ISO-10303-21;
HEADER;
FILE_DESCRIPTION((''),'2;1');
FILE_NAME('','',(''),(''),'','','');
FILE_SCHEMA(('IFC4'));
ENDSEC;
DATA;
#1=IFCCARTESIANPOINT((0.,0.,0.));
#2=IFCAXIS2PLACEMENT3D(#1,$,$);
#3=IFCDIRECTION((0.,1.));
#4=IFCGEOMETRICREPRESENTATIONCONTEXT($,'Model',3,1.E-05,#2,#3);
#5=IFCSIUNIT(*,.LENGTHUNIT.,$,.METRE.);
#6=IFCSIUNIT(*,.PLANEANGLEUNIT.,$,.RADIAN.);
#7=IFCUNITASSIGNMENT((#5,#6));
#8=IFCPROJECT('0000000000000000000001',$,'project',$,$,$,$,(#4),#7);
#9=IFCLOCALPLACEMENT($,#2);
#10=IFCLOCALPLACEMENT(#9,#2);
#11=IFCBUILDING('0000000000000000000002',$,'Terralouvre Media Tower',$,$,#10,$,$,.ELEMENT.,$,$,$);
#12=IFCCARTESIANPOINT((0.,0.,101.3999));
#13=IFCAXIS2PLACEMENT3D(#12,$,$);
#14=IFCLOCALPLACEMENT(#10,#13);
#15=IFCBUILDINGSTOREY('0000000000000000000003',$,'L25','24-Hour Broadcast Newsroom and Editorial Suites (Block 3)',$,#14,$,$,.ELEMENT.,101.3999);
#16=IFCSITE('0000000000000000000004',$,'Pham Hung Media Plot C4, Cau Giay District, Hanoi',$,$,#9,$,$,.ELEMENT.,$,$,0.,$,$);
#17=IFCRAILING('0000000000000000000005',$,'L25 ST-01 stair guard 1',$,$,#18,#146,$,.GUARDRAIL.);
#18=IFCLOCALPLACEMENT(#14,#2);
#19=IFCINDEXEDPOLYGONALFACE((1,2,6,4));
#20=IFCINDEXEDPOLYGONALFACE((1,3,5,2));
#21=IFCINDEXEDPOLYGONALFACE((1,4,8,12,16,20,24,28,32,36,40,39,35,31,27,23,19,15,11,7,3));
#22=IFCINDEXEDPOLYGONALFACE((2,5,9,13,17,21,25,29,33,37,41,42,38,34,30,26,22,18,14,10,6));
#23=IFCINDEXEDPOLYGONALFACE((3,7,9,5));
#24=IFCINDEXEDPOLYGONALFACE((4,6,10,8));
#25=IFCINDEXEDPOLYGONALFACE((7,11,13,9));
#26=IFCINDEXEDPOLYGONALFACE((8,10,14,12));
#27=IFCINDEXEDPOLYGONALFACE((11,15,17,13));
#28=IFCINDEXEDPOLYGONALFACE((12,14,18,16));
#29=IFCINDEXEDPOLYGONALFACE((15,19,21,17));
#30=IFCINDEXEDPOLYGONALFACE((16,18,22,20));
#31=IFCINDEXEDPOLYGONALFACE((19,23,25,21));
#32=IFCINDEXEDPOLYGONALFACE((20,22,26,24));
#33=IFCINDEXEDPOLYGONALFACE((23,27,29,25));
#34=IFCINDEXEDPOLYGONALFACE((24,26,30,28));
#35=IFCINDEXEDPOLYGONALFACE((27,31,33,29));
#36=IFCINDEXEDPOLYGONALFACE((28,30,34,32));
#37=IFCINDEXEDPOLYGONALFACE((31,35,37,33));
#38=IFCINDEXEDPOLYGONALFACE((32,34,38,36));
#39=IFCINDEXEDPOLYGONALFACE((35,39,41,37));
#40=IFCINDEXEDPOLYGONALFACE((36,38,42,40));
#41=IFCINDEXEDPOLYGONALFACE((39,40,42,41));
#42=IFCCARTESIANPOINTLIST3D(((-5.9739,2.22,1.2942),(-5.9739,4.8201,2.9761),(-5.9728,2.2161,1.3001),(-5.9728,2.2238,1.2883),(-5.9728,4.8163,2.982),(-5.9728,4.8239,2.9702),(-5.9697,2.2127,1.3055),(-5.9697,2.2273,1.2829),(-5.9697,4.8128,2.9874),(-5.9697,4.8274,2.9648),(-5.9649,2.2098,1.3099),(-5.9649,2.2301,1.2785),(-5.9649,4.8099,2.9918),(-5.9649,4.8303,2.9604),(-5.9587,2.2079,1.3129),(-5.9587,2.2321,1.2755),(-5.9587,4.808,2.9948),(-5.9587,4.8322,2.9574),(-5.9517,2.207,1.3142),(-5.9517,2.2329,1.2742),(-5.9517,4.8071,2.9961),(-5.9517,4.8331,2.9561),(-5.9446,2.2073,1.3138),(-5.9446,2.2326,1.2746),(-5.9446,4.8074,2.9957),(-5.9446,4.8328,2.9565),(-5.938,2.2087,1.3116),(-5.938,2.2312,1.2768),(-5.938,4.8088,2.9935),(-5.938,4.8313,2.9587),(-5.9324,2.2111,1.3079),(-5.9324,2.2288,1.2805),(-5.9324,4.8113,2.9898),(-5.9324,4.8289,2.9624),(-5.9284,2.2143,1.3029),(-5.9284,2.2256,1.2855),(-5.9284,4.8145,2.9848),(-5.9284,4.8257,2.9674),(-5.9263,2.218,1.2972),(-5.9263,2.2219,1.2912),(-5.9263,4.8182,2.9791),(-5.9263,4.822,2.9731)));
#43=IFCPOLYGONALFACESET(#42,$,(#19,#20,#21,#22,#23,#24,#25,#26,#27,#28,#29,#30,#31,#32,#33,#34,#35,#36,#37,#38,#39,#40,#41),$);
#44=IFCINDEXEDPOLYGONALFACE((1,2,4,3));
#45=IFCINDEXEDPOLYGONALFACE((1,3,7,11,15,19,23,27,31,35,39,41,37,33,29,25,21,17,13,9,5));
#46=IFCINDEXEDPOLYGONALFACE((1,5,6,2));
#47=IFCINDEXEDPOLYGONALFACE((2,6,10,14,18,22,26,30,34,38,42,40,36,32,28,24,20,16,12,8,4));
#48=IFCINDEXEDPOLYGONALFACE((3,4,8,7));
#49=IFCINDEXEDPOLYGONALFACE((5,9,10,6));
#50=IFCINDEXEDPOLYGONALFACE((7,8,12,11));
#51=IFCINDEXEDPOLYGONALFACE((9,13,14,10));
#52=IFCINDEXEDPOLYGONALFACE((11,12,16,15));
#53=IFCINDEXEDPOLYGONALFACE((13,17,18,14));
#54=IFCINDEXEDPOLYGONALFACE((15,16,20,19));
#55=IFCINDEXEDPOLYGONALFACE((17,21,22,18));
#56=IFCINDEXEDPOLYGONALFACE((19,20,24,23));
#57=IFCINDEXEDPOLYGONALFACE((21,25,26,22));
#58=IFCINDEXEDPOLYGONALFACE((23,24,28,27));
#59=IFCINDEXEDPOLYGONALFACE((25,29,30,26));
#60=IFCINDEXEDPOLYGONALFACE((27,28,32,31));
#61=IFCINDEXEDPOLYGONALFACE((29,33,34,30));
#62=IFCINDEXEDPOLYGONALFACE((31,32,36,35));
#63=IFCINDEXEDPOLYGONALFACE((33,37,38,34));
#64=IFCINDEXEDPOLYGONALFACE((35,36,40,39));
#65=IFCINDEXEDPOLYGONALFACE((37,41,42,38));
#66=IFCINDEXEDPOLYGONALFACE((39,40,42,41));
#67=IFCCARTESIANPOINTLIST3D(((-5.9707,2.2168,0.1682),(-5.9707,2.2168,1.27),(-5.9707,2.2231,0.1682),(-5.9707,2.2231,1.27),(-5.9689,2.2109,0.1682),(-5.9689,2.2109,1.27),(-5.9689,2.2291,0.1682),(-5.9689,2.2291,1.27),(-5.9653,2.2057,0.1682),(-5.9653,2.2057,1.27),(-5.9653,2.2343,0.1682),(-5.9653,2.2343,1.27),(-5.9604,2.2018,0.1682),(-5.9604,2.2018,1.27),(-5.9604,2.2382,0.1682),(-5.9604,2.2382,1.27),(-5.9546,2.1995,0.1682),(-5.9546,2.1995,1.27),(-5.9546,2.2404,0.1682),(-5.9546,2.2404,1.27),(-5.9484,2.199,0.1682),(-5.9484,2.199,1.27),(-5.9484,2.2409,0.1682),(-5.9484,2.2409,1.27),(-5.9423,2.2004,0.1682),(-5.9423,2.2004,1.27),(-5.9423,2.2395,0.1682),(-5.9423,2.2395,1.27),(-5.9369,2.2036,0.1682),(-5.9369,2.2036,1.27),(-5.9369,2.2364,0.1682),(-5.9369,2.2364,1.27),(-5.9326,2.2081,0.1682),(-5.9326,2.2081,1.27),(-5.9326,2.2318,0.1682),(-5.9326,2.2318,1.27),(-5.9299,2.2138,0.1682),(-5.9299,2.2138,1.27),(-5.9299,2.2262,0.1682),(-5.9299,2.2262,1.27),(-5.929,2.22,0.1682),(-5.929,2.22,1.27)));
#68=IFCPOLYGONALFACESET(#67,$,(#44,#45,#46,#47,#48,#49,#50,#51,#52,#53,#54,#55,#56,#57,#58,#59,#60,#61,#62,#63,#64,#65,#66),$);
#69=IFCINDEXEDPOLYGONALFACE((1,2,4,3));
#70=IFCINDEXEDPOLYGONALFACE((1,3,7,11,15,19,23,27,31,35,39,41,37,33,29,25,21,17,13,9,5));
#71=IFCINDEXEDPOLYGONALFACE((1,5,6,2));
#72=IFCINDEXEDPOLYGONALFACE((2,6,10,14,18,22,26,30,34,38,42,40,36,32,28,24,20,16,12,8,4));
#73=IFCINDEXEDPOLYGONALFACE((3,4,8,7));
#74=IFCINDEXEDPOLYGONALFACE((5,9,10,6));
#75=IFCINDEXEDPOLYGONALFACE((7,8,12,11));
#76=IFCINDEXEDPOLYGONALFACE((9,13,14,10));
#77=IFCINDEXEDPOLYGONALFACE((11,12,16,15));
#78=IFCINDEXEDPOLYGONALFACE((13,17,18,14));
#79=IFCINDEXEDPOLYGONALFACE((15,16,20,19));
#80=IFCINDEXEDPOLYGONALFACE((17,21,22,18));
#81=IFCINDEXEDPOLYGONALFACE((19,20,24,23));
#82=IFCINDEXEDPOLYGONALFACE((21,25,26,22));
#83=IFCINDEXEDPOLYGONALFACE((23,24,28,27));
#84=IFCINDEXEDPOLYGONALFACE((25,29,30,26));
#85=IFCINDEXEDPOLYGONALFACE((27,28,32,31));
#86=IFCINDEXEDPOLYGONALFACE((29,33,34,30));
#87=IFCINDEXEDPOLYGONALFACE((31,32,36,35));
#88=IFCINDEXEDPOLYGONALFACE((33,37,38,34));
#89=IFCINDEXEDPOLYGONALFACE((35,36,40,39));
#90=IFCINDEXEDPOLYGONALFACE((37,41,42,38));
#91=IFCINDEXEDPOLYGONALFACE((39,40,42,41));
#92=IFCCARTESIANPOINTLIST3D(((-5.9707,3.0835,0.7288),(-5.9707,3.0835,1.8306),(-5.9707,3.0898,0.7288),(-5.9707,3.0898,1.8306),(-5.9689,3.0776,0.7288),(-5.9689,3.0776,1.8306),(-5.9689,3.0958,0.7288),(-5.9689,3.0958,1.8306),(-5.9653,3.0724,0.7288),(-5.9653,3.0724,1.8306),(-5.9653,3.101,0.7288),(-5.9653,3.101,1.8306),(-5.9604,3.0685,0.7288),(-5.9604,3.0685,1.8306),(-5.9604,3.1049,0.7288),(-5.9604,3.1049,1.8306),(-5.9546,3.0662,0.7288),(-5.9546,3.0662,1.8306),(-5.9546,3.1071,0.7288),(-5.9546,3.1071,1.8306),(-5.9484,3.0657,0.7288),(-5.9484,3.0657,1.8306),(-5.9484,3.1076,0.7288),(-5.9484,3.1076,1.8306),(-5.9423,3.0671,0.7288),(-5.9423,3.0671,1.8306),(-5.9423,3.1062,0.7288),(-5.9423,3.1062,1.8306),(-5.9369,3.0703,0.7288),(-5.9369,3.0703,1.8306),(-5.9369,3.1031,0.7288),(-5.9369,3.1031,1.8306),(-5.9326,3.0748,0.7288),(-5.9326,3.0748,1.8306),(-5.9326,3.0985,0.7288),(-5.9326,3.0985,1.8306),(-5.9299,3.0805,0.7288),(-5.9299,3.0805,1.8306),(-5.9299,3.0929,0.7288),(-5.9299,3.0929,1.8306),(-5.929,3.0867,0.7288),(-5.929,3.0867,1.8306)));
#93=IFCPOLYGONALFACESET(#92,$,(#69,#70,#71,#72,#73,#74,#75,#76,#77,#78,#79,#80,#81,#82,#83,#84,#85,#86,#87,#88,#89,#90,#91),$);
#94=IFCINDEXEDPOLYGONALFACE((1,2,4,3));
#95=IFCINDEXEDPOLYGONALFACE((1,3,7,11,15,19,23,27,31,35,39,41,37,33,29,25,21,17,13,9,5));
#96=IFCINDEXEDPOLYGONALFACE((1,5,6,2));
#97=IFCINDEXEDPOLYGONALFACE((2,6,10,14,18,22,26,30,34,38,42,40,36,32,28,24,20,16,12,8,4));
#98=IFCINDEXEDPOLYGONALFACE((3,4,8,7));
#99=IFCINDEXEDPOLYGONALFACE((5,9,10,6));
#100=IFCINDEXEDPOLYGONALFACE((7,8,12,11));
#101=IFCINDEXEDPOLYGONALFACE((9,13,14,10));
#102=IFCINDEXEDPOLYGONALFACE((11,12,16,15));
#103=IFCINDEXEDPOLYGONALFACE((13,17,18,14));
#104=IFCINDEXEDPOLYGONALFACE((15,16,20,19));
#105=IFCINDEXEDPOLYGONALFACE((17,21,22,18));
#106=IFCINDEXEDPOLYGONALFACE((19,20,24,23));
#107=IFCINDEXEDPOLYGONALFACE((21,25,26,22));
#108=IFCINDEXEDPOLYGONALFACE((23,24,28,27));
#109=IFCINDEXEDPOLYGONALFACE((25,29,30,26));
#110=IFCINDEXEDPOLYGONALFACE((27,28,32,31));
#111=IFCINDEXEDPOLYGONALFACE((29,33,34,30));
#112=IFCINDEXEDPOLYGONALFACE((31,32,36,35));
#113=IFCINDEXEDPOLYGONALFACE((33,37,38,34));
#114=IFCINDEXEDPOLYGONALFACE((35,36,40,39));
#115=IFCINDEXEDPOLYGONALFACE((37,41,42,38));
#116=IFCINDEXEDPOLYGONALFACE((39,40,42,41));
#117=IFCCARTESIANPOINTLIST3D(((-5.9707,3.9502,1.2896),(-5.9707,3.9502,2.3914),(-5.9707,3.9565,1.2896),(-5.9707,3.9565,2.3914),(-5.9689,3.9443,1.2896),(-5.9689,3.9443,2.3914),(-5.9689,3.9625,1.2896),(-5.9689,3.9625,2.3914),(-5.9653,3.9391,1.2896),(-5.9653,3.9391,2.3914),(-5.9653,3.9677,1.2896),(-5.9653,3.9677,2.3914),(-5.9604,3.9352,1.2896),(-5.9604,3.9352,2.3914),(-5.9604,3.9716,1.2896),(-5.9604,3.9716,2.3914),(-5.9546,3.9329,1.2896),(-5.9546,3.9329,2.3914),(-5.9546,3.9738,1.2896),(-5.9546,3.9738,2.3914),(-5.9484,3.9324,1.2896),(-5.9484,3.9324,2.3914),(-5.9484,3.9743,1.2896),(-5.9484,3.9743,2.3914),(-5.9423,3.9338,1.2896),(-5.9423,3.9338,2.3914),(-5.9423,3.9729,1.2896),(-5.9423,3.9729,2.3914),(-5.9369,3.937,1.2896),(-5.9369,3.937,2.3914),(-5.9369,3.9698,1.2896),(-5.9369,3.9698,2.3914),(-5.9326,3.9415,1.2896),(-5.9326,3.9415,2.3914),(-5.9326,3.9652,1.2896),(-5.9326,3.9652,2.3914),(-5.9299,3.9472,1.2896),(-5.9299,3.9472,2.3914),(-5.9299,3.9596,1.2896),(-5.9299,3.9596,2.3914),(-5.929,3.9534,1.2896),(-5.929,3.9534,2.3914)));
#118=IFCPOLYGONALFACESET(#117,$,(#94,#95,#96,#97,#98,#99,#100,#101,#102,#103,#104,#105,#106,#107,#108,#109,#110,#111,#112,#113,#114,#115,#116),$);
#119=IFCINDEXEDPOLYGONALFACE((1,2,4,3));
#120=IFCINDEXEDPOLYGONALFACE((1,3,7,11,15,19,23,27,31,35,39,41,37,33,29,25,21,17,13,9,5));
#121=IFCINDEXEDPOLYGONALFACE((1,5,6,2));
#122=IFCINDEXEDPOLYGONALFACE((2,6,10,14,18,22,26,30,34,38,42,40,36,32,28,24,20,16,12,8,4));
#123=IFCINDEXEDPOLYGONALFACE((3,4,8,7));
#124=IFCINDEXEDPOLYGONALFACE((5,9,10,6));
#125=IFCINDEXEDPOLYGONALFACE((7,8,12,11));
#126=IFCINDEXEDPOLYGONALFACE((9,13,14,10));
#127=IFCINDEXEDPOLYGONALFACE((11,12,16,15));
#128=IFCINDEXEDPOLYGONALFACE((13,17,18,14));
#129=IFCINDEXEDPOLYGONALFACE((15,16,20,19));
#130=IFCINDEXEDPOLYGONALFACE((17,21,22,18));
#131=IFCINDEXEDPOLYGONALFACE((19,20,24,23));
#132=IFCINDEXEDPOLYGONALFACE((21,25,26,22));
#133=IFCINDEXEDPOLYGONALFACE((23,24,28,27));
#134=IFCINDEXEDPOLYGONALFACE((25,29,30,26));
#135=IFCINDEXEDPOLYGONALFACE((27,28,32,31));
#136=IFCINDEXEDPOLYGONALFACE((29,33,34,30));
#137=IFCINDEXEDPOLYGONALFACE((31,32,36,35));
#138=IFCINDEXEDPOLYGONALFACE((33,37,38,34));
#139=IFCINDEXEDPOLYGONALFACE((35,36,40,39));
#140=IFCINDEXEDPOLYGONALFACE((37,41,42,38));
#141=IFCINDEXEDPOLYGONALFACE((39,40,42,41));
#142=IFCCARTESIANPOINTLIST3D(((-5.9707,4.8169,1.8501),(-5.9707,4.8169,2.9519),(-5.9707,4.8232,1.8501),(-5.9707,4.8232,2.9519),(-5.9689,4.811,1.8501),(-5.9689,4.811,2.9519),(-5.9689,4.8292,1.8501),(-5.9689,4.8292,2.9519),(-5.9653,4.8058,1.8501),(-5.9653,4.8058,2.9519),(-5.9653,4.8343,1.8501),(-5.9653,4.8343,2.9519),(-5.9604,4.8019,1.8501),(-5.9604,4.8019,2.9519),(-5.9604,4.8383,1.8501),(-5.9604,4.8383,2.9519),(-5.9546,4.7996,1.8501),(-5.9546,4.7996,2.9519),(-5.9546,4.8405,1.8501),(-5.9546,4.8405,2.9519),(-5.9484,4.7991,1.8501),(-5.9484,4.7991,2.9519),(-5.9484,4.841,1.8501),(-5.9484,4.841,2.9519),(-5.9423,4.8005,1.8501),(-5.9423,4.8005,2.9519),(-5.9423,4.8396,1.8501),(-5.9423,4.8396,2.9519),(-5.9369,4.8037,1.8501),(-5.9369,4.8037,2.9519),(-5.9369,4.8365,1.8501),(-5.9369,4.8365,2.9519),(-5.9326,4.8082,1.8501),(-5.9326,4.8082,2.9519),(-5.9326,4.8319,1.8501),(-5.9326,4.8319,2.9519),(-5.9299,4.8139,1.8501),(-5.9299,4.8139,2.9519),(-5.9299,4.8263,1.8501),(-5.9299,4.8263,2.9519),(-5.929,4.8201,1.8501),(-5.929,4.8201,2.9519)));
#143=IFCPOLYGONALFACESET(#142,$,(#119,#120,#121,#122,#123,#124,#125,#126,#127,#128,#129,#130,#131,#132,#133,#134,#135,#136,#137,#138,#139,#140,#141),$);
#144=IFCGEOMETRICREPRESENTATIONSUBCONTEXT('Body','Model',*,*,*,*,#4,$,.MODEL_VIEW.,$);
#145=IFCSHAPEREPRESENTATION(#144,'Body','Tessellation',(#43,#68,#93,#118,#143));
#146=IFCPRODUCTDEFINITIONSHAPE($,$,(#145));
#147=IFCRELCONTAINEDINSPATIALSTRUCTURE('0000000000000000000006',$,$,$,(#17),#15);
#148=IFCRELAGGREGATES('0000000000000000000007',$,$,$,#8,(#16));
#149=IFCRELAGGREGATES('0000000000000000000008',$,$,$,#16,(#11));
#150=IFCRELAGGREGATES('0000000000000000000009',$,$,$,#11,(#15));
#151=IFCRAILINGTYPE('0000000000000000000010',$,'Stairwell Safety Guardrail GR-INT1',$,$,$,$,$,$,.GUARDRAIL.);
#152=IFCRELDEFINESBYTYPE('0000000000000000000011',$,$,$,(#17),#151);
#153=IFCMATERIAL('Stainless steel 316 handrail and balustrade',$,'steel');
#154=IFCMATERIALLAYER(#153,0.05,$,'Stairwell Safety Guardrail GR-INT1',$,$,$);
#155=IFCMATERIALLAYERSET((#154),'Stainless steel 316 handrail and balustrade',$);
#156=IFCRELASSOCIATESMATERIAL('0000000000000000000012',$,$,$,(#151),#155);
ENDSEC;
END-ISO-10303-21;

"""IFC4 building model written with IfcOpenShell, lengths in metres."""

from ifc_helpers import new_model, si_unit, direction, frame, origin, origin_2d, place, context, subcontext, project, spatial, circle, extrude, material, layer, layer_set, type_object, element, save


model = new_model("IFC4")

# Units and contexts
model_context = context("Model", 3, precision=1e-05, world=origin(), true_north=direction((0.0, 1.0)))
body_context = subcontext(model_context, "Body", "Model", "MODEL_VIEW")
ifc_project = project(units=[si_unit("LENGTHUNIT", "METRE"), si_unit("PLANEANGLEUNIT", "RADIAN")], contexts=[model_context])

# Site, building, storey
site_placement = place(None, origin())
site = spatial("IfcSite", under=ifc_project, at=site_placement, Name="Pham Hung Media Plot C4, Cau Giay District, Hanoi", CompositionType="ELEMENT", RefElevation=0.0)
building_placement = place(site_placement, origin())
building = spatial("IfcBuilding", under=site, at=building_placement, Name="Terralouvre Media Tower", CompositionType="ELEMENT")
storey_placement = place(building_placement, frame((0.0, 0.0, 101.3999)))
storey = spatial("IfcBuildingStorey", under=building, at=storey_placement, Name="L25", Description="24-Hour Broadcast Newsroom and Editorial Suites (Block 3)", CompositionType="ELEMENT", Elevation=101.3999)

# Railing
ifc_material_1 = material(Name="Stainless steel 316 handrail and balustrade", Category="steel")
ifc_layer_1 = layer(ifc_material_1, 0.05, Name="Stairwell Safety Guardrail GR-INT1")
ifc_layer_set_1 = layer_set([ifc_layer_1], Name="Stainless steel 316 handrail and balustrade")
railing_type_1 = type_object("IfcRailingType", Name="Stairwell Safety Guardrail GR-INT1", PredefinedType="GUARDRAIL", material=ifc_layer_set_1)
railing_1_placement = place(storey_placement, frame((-5.95, 2.22, 0.1682)))
element("IfcRailing", 1, at=railing_1_placement, inside=storey, type_object=railing_type_1, Name="L25 ST-01 stair guard 1", PredefinedType="GUARDRAIL", context=body_context, shape_type="SweptSolid", body=[
    extrude(circle(Radius=0.0239, at=origin_2d()), frame((0.0, 0.0, 1.126), z_axis=(0.0, 0.839648, 0.54313), x_axis=(-1.0, 0.0, 0.0)), (0.0, 0.0, 1.0), 3.0967),
    extrude(circle(Radius=0.021, at=origin_2d()), origin(), (0.0, 0.0, 1.0), 1.1018),
    extrude(circle(Radius=0.021, at=origin_2d()), frame((0.0, 0.8667, 0.5605)), (0.0, 0.0, 1.0), 1.1018),
    extrude(circle(Radius=0.021, at=origin_2d()), frame((0.0, 1.7334, 1.1213)), (0.0, 0.0, 1.0), 1.1018),
    extrude(circle(Radius=0.021, at=origin_2d()), frame((0.0, 2.6001, 1.6819)), (0.0, 0.0, 1.0), 1.1018),
])

save(model, "model.ifc")
